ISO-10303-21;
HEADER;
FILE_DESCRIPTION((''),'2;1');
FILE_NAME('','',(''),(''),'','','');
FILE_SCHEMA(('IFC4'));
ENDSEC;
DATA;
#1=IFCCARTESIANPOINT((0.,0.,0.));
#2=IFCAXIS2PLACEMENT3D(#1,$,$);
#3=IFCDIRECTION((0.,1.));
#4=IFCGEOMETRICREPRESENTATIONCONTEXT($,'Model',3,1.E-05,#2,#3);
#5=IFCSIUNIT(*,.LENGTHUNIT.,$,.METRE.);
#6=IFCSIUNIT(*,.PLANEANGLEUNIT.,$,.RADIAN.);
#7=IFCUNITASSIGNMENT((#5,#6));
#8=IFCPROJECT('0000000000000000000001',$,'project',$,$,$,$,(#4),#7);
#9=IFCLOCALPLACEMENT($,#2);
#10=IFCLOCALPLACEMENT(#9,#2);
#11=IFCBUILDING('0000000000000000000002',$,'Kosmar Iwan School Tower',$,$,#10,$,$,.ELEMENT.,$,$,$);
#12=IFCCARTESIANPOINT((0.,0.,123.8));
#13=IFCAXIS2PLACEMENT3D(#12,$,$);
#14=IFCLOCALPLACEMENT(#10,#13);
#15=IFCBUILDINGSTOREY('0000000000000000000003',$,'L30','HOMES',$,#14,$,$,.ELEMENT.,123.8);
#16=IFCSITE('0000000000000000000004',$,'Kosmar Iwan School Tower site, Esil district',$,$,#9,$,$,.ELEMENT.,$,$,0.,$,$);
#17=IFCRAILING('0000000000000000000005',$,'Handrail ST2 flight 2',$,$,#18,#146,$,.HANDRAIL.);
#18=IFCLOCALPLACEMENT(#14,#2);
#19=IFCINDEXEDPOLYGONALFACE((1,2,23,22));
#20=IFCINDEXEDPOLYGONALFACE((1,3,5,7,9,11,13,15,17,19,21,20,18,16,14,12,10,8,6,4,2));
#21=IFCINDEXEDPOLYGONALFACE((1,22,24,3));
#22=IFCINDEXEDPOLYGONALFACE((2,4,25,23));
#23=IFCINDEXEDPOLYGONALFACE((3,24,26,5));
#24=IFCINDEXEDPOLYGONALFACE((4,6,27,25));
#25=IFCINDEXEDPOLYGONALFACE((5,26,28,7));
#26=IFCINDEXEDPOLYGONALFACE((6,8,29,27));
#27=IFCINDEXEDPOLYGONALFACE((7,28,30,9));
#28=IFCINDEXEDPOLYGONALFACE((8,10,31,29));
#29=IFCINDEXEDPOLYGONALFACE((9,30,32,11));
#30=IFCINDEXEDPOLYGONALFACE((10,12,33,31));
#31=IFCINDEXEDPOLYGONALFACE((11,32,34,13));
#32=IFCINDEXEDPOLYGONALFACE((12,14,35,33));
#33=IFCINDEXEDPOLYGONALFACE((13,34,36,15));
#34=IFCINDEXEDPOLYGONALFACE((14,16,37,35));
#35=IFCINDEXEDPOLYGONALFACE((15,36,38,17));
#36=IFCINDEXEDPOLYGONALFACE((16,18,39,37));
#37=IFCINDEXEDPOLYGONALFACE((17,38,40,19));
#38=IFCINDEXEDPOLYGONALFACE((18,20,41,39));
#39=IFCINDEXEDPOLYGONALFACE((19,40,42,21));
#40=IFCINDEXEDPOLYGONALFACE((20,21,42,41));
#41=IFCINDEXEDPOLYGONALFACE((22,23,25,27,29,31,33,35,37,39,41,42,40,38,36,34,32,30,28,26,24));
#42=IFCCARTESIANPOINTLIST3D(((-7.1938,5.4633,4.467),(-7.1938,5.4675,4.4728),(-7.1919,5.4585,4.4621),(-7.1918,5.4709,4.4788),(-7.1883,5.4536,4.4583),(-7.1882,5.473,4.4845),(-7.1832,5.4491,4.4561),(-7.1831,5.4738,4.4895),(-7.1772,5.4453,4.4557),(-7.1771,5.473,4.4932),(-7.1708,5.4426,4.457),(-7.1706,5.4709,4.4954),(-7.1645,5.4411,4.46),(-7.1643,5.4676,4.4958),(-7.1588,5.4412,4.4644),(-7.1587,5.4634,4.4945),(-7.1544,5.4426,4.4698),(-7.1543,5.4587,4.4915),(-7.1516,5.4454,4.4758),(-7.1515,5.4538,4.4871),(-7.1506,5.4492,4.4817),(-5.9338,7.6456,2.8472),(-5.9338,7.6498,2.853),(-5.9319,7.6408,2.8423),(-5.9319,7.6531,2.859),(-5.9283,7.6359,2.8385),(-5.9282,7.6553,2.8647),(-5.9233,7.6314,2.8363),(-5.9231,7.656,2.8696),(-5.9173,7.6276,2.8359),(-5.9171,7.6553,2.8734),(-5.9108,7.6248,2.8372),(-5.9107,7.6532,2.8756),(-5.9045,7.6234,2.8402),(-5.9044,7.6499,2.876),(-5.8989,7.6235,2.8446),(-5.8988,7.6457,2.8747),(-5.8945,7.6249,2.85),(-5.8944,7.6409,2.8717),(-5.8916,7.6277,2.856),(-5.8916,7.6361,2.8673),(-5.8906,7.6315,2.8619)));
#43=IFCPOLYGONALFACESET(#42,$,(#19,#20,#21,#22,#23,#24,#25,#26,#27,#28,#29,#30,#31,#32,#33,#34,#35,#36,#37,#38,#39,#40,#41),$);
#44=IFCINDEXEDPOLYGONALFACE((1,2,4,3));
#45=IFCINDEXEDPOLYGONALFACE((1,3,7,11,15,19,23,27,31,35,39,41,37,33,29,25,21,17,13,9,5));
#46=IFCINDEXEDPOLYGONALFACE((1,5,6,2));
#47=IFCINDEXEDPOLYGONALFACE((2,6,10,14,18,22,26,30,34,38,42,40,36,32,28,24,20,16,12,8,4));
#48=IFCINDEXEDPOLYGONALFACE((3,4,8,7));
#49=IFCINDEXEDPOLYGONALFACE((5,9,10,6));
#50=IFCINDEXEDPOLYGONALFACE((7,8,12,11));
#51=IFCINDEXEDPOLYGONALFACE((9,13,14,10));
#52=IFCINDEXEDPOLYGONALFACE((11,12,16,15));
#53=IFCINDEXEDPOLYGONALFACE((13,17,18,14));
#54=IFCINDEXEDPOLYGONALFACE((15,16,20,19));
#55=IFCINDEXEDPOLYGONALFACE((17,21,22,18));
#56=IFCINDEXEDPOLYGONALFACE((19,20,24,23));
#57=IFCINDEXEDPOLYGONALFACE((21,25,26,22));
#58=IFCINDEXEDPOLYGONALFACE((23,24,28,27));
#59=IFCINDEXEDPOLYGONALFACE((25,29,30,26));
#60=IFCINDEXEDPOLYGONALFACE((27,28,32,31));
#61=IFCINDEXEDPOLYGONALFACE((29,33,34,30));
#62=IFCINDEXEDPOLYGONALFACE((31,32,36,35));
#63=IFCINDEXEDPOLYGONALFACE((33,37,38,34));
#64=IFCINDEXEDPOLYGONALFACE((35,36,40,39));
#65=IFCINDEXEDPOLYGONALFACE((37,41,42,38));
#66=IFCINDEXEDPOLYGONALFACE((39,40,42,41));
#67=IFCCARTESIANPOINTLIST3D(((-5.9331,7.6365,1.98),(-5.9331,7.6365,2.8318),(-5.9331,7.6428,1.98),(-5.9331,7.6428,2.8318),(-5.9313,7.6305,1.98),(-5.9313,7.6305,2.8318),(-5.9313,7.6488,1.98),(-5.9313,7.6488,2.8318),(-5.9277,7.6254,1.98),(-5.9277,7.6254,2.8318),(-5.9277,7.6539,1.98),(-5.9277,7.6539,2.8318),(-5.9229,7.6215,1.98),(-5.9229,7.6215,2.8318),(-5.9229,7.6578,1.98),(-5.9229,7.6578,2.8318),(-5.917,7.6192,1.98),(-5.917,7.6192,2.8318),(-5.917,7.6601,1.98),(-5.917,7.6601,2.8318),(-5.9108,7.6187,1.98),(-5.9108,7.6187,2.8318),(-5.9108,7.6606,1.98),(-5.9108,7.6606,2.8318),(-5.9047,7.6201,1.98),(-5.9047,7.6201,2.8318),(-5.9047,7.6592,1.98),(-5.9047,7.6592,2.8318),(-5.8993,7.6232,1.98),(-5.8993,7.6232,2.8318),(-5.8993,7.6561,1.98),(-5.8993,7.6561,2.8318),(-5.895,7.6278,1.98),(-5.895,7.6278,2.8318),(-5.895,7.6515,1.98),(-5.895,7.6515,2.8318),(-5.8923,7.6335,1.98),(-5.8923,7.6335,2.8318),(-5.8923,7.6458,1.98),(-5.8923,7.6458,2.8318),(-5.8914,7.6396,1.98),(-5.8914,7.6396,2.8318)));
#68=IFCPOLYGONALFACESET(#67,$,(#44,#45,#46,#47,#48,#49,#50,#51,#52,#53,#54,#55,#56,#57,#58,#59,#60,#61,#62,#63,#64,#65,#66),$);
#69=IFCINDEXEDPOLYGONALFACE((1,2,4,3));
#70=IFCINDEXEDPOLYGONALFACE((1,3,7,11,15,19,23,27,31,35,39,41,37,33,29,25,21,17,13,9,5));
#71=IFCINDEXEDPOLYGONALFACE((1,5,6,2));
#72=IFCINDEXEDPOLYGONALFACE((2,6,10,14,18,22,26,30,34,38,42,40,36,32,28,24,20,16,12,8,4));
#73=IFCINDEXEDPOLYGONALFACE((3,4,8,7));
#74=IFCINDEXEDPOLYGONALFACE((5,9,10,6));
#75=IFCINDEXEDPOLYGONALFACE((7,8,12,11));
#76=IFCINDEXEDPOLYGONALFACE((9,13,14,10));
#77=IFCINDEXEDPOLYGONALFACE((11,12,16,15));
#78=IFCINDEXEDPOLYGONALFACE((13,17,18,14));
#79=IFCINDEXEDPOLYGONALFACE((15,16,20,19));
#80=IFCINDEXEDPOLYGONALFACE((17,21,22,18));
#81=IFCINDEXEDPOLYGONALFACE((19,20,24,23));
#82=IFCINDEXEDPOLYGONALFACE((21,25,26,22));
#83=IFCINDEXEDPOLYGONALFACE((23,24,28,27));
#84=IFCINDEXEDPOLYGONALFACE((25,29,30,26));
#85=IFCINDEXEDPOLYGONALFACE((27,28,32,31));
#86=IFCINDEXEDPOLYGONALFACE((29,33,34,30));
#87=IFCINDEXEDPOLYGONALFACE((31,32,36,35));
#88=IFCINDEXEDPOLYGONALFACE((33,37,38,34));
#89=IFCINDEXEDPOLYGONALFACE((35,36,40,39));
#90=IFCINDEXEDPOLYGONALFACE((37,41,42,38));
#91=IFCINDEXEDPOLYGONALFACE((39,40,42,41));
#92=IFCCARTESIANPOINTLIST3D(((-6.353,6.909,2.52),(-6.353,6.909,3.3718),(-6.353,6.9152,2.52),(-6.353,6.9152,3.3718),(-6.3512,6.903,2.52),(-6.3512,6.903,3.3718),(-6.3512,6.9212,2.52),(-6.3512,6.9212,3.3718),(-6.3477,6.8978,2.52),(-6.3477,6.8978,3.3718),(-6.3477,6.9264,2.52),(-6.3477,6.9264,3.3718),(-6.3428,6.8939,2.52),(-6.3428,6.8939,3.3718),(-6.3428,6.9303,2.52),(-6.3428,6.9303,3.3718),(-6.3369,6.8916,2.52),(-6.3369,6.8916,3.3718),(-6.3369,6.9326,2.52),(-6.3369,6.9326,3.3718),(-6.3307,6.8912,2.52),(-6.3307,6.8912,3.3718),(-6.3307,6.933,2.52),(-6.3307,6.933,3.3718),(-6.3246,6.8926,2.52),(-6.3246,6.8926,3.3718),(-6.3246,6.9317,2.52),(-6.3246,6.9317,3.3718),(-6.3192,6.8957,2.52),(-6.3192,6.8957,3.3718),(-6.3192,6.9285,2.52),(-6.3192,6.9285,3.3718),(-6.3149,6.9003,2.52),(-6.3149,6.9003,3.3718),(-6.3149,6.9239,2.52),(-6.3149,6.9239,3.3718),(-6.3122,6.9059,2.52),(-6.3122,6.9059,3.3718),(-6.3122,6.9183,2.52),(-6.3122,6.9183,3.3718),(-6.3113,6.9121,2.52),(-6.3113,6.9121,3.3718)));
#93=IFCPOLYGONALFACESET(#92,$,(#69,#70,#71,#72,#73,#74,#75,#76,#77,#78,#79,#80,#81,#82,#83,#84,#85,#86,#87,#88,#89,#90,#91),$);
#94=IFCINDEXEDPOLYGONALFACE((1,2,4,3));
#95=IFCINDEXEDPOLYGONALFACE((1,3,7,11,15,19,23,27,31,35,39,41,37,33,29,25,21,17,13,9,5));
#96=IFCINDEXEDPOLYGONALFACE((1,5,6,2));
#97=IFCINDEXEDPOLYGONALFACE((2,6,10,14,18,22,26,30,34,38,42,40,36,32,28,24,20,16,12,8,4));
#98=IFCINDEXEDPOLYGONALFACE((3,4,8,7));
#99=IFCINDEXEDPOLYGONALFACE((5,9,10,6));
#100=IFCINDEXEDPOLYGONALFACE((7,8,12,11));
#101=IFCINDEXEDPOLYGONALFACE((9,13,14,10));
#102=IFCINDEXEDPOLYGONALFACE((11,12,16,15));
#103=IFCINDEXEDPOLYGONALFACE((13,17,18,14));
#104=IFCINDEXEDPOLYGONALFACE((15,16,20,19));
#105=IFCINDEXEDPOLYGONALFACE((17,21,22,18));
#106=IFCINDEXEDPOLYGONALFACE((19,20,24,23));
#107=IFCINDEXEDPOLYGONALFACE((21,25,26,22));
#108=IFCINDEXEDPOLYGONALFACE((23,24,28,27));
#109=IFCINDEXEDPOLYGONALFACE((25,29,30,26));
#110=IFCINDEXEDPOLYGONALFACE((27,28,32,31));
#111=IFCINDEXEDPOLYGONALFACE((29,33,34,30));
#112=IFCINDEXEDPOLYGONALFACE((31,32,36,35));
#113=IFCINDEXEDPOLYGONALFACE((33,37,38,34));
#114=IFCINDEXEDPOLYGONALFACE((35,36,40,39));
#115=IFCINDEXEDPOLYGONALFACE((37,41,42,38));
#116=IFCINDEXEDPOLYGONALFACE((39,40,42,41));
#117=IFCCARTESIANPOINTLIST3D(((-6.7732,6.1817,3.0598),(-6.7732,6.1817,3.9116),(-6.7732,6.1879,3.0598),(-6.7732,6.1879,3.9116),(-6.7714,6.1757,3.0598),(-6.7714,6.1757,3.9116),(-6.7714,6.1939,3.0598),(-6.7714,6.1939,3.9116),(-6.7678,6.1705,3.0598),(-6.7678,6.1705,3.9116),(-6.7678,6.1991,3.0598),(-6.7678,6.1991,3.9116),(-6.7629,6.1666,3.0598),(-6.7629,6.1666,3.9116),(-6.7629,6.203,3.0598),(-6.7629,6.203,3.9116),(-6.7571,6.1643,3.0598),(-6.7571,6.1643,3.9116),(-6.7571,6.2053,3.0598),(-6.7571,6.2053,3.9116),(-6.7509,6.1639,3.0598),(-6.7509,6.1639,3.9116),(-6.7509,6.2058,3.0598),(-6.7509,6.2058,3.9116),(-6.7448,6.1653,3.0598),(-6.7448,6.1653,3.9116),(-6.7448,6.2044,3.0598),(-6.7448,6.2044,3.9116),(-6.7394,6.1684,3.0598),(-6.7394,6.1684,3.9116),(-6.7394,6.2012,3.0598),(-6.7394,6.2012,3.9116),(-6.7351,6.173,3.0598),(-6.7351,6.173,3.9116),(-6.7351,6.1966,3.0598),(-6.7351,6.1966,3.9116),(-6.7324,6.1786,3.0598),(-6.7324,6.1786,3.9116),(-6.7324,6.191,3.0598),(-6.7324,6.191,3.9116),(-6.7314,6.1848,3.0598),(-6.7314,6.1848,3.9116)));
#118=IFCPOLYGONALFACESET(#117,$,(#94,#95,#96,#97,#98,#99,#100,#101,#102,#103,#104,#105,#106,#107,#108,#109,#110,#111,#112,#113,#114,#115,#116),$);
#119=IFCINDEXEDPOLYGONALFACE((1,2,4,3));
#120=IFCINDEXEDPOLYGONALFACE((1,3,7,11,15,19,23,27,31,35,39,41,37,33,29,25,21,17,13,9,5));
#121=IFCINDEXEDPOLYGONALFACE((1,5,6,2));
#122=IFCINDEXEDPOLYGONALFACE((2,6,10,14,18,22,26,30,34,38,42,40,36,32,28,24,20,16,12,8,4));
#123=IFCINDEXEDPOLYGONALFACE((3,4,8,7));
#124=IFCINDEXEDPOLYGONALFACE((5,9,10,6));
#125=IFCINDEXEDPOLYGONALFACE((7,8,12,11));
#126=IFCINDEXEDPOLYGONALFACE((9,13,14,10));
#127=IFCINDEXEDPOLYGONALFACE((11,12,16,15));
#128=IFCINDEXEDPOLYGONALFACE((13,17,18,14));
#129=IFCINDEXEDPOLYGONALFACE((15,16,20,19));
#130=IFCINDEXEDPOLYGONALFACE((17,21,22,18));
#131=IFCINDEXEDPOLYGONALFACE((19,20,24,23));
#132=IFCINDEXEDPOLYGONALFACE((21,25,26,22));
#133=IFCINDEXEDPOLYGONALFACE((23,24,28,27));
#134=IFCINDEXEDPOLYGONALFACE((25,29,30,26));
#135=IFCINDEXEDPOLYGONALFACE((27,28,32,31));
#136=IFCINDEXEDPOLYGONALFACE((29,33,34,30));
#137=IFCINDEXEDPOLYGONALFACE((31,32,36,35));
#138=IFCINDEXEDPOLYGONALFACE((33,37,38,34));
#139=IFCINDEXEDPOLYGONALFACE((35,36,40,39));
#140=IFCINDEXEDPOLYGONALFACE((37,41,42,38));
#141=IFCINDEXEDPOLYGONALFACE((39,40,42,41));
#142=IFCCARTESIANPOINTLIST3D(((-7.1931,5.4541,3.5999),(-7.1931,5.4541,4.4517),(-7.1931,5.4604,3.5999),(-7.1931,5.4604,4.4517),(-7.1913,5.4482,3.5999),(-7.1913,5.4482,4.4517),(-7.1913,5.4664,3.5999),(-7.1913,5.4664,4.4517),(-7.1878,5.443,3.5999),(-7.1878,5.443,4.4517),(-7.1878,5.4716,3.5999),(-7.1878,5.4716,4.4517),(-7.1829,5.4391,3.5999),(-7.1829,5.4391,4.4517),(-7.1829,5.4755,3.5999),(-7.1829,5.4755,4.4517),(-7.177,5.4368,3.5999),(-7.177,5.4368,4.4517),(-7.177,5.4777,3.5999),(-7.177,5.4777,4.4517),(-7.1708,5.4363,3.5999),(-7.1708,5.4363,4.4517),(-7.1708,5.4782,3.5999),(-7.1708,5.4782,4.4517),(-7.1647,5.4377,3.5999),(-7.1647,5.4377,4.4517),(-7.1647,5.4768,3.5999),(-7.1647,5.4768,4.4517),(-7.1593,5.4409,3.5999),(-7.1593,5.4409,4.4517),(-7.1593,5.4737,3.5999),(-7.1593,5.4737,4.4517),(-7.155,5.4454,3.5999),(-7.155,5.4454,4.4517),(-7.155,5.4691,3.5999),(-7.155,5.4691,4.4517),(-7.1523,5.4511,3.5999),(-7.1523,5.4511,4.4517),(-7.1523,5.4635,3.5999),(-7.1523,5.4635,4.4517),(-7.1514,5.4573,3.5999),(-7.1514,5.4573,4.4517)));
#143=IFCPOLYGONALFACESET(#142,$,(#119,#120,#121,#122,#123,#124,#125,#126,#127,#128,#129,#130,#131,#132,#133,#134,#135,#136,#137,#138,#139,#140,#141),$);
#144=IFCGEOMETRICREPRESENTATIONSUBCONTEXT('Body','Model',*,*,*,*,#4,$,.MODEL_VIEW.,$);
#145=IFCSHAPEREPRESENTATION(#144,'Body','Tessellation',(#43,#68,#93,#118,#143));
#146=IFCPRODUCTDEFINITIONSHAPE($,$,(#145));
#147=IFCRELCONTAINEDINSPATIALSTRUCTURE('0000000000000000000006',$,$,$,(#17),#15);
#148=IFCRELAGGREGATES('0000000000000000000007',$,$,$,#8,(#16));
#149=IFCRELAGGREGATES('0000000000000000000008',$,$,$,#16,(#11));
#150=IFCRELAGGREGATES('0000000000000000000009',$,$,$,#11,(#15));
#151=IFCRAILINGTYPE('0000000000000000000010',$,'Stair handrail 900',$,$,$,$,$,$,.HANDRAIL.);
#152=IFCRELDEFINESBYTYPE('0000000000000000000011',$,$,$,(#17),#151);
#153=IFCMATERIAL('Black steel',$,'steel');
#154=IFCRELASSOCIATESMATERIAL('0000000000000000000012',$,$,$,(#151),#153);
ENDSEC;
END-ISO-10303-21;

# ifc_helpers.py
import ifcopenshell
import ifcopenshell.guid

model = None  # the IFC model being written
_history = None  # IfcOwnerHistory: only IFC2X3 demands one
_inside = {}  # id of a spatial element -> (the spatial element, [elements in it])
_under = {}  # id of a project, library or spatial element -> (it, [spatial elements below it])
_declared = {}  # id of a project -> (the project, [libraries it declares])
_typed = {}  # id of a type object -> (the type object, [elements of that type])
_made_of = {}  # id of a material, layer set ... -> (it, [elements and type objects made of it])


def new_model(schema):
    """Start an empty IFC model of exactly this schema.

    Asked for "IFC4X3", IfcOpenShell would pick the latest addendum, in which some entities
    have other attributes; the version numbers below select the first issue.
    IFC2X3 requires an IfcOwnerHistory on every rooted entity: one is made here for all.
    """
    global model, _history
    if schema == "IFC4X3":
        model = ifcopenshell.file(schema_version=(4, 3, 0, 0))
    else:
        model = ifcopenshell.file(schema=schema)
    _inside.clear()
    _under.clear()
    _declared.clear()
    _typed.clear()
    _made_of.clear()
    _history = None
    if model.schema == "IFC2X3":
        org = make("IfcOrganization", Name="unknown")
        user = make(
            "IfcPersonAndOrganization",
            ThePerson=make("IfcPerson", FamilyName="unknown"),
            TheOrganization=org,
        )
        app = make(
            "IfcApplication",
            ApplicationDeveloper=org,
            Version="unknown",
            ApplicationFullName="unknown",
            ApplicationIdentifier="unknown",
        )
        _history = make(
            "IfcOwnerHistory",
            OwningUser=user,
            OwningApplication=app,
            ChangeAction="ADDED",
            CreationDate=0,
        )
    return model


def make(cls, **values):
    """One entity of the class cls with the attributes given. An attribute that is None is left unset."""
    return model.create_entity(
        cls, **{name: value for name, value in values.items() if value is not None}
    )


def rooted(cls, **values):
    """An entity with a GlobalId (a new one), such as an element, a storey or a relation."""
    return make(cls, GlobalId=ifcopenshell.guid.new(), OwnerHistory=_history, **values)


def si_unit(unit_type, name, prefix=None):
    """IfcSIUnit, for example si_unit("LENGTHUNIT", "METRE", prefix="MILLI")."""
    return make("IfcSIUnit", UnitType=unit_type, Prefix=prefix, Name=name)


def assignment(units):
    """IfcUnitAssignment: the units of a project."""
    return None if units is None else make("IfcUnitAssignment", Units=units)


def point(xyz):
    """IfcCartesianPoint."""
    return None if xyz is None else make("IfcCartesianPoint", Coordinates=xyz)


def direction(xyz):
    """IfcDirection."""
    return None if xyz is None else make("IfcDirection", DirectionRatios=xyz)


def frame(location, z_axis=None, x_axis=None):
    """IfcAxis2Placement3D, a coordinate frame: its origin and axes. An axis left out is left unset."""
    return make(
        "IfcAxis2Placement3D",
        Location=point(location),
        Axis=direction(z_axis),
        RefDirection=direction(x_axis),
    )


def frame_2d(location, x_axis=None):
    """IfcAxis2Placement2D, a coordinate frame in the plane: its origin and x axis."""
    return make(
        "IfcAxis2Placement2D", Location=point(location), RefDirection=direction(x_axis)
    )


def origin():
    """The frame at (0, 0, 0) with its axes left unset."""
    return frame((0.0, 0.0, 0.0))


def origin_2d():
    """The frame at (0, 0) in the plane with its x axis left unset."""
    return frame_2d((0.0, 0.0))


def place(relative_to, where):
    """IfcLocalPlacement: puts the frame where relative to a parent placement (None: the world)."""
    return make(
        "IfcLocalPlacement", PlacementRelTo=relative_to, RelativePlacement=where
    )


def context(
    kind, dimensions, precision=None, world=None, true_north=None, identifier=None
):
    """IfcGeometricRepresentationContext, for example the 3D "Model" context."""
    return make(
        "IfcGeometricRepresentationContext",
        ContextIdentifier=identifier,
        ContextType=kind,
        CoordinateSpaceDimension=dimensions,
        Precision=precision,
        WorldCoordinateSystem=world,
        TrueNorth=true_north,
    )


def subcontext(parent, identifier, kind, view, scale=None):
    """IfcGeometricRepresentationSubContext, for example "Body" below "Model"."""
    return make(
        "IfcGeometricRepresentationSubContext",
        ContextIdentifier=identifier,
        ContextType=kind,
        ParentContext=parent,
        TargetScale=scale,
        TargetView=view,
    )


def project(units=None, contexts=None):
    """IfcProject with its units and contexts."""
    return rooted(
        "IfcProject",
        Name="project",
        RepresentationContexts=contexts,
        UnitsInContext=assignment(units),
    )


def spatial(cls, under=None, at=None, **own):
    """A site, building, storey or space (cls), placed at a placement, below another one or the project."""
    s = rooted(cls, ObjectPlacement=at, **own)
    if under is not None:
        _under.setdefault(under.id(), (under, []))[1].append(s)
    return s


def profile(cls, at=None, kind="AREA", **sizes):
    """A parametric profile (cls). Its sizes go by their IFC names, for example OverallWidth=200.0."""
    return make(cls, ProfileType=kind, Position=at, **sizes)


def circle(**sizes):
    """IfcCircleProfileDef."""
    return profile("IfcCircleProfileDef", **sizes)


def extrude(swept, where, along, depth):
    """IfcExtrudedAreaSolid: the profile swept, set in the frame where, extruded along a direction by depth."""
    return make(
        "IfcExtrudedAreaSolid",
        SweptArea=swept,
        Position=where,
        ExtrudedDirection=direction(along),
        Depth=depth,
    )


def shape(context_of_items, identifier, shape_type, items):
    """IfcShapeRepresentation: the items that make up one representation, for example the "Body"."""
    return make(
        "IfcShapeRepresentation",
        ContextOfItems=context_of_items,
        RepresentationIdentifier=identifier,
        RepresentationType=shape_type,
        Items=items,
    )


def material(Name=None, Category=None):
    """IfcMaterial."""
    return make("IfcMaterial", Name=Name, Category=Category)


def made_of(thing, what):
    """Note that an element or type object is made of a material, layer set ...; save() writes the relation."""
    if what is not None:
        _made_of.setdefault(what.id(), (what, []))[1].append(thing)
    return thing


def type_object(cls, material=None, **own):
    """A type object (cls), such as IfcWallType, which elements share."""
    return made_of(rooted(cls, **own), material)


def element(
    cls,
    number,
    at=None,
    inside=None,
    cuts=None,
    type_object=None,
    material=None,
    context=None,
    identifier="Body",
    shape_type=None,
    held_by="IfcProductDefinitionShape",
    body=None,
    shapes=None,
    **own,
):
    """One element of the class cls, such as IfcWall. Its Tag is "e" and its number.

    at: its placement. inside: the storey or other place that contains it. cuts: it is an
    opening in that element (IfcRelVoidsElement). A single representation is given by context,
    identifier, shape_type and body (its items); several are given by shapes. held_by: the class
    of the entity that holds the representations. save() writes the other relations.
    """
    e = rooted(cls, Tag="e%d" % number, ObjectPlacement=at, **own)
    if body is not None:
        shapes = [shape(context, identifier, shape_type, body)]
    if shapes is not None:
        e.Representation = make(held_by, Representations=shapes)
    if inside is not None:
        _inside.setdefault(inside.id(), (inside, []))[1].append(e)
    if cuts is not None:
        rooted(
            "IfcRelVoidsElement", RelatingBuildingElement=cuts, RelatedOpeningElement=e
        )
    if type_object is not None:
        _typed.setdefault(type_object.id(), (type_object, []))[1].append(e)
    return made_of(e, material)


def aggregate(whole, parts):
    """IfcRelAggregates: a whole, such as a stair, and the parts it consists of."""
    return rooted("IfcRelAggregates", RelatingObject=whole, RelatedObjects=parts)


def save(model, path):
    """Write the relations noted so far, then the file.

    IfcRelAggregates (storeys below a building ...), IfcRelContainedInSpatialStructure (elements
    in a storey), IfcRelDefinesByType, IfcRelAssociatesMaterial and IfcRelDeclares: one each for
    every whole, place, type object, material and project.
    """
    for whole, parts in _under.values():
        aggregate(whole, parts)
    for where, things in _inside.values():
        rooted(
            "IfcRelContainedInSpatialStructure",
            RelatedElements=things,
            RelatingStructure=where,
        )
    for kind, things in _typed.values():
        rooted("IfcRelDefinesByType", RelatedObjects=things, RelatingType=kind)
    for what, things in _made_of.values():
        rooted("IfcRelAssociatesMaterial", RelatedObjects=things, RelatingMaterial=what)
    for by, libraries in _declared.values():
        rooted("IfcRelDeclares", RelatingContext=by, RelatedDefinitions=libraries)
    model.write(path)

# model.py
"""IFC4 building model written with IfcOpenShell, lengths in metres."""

from ifc_helpers import new_model, si_unit, direction, frame, origin, origin_2d, place, context, subcontext, project, spatial, circle, extrude, material, type_object, element, save


model = new_model("IFC4")

# Units and contexts
model_context = context("Model", 3, precision=1e-05, world=origin(), true_north=direction((0.0, 1.0)))
body_context = subcontext(model_context, "Body", "Model", "MODEL_VIEW")
ifc_project = project(units=[si_unit("LENGTHUNIT", "METRE"), si_unit("PLANEANGLEUNIT", "RADIAN")], contexts=[model_context])

# Site, building, storey
site_placement = place(None, origin())
site = spatial("IfcSite", under=ifc_project, at=site_placement, Name="Kosmar Iwan School Tower site, Esil district", CompositionType="ELEMENT", RefElevation=0.0)
building_placement = place(site_placement, origin())
building = spatial("IfcBuilding", under=site, at=building_placement, Name="Kosmar Iwan School Tower", CompositionType="ELEMENT")
storey_placement = place(building_placement, frame((0.0, 0.0, 123.8)))
storey = spatial("IfcBuildingStorey", under=building, at=storey_placement, Name="L30", Description="HOMES", CompositionType="ELEMENT", Elevation=123.8)

# Railing
ifc_material_1 = material(Name="Black steel", Category="steel")
railing_type = type_object("IfcRailingType", Name="Stair handrail 900", PredefinedType="HANDRAIL", material=ifc_material_1)
railing_1_placement = place(storey_placement, frame((-5.9124, 7.6396, 1.98)))
element("IfcRailing", 1, at=railing_1_placement, inside=storey, type_object=railing_type, Name="Handrail ST2 flight 2", PredefinedType="HANDRAIL", context=body_context, shape_type="SweptSolid", body=[
    extrude(circle(Radius=0.0239, at=origin_2d()), frame((0.0, 0.0, 0.876), z_axis=(-0.420603, -0.728496, 0.540728), x_axis=(0.866023, -0.500005, 0.0)), (0.0, 0.0, 1.0), 2.9956),
    extrude(circle(Radius=0.021, at=origin_2d()), origin(), (0.0, 0.0, 1.0), 0.8518),
    extrude(circle(Radius=0.021, at=origin_2d()), frame((-0.4199, -0.7275, 0.54)), (0.0, 0.0, 1.0), 0.8518),
    extrude(circle(Radius=0.021, at=origin_2d()), frame((-0.8401, -1.4548, 1.0798)), (0.0, 0.0, 1.0), 0.8518),
    extrude(circle(Radius=0.021, at=origin_2d()), frame((-1.26, -2.1824, 1.6199)), (0.0, 0.0, 1.0), 0.8518),
])

save(model, "model.ifc")
